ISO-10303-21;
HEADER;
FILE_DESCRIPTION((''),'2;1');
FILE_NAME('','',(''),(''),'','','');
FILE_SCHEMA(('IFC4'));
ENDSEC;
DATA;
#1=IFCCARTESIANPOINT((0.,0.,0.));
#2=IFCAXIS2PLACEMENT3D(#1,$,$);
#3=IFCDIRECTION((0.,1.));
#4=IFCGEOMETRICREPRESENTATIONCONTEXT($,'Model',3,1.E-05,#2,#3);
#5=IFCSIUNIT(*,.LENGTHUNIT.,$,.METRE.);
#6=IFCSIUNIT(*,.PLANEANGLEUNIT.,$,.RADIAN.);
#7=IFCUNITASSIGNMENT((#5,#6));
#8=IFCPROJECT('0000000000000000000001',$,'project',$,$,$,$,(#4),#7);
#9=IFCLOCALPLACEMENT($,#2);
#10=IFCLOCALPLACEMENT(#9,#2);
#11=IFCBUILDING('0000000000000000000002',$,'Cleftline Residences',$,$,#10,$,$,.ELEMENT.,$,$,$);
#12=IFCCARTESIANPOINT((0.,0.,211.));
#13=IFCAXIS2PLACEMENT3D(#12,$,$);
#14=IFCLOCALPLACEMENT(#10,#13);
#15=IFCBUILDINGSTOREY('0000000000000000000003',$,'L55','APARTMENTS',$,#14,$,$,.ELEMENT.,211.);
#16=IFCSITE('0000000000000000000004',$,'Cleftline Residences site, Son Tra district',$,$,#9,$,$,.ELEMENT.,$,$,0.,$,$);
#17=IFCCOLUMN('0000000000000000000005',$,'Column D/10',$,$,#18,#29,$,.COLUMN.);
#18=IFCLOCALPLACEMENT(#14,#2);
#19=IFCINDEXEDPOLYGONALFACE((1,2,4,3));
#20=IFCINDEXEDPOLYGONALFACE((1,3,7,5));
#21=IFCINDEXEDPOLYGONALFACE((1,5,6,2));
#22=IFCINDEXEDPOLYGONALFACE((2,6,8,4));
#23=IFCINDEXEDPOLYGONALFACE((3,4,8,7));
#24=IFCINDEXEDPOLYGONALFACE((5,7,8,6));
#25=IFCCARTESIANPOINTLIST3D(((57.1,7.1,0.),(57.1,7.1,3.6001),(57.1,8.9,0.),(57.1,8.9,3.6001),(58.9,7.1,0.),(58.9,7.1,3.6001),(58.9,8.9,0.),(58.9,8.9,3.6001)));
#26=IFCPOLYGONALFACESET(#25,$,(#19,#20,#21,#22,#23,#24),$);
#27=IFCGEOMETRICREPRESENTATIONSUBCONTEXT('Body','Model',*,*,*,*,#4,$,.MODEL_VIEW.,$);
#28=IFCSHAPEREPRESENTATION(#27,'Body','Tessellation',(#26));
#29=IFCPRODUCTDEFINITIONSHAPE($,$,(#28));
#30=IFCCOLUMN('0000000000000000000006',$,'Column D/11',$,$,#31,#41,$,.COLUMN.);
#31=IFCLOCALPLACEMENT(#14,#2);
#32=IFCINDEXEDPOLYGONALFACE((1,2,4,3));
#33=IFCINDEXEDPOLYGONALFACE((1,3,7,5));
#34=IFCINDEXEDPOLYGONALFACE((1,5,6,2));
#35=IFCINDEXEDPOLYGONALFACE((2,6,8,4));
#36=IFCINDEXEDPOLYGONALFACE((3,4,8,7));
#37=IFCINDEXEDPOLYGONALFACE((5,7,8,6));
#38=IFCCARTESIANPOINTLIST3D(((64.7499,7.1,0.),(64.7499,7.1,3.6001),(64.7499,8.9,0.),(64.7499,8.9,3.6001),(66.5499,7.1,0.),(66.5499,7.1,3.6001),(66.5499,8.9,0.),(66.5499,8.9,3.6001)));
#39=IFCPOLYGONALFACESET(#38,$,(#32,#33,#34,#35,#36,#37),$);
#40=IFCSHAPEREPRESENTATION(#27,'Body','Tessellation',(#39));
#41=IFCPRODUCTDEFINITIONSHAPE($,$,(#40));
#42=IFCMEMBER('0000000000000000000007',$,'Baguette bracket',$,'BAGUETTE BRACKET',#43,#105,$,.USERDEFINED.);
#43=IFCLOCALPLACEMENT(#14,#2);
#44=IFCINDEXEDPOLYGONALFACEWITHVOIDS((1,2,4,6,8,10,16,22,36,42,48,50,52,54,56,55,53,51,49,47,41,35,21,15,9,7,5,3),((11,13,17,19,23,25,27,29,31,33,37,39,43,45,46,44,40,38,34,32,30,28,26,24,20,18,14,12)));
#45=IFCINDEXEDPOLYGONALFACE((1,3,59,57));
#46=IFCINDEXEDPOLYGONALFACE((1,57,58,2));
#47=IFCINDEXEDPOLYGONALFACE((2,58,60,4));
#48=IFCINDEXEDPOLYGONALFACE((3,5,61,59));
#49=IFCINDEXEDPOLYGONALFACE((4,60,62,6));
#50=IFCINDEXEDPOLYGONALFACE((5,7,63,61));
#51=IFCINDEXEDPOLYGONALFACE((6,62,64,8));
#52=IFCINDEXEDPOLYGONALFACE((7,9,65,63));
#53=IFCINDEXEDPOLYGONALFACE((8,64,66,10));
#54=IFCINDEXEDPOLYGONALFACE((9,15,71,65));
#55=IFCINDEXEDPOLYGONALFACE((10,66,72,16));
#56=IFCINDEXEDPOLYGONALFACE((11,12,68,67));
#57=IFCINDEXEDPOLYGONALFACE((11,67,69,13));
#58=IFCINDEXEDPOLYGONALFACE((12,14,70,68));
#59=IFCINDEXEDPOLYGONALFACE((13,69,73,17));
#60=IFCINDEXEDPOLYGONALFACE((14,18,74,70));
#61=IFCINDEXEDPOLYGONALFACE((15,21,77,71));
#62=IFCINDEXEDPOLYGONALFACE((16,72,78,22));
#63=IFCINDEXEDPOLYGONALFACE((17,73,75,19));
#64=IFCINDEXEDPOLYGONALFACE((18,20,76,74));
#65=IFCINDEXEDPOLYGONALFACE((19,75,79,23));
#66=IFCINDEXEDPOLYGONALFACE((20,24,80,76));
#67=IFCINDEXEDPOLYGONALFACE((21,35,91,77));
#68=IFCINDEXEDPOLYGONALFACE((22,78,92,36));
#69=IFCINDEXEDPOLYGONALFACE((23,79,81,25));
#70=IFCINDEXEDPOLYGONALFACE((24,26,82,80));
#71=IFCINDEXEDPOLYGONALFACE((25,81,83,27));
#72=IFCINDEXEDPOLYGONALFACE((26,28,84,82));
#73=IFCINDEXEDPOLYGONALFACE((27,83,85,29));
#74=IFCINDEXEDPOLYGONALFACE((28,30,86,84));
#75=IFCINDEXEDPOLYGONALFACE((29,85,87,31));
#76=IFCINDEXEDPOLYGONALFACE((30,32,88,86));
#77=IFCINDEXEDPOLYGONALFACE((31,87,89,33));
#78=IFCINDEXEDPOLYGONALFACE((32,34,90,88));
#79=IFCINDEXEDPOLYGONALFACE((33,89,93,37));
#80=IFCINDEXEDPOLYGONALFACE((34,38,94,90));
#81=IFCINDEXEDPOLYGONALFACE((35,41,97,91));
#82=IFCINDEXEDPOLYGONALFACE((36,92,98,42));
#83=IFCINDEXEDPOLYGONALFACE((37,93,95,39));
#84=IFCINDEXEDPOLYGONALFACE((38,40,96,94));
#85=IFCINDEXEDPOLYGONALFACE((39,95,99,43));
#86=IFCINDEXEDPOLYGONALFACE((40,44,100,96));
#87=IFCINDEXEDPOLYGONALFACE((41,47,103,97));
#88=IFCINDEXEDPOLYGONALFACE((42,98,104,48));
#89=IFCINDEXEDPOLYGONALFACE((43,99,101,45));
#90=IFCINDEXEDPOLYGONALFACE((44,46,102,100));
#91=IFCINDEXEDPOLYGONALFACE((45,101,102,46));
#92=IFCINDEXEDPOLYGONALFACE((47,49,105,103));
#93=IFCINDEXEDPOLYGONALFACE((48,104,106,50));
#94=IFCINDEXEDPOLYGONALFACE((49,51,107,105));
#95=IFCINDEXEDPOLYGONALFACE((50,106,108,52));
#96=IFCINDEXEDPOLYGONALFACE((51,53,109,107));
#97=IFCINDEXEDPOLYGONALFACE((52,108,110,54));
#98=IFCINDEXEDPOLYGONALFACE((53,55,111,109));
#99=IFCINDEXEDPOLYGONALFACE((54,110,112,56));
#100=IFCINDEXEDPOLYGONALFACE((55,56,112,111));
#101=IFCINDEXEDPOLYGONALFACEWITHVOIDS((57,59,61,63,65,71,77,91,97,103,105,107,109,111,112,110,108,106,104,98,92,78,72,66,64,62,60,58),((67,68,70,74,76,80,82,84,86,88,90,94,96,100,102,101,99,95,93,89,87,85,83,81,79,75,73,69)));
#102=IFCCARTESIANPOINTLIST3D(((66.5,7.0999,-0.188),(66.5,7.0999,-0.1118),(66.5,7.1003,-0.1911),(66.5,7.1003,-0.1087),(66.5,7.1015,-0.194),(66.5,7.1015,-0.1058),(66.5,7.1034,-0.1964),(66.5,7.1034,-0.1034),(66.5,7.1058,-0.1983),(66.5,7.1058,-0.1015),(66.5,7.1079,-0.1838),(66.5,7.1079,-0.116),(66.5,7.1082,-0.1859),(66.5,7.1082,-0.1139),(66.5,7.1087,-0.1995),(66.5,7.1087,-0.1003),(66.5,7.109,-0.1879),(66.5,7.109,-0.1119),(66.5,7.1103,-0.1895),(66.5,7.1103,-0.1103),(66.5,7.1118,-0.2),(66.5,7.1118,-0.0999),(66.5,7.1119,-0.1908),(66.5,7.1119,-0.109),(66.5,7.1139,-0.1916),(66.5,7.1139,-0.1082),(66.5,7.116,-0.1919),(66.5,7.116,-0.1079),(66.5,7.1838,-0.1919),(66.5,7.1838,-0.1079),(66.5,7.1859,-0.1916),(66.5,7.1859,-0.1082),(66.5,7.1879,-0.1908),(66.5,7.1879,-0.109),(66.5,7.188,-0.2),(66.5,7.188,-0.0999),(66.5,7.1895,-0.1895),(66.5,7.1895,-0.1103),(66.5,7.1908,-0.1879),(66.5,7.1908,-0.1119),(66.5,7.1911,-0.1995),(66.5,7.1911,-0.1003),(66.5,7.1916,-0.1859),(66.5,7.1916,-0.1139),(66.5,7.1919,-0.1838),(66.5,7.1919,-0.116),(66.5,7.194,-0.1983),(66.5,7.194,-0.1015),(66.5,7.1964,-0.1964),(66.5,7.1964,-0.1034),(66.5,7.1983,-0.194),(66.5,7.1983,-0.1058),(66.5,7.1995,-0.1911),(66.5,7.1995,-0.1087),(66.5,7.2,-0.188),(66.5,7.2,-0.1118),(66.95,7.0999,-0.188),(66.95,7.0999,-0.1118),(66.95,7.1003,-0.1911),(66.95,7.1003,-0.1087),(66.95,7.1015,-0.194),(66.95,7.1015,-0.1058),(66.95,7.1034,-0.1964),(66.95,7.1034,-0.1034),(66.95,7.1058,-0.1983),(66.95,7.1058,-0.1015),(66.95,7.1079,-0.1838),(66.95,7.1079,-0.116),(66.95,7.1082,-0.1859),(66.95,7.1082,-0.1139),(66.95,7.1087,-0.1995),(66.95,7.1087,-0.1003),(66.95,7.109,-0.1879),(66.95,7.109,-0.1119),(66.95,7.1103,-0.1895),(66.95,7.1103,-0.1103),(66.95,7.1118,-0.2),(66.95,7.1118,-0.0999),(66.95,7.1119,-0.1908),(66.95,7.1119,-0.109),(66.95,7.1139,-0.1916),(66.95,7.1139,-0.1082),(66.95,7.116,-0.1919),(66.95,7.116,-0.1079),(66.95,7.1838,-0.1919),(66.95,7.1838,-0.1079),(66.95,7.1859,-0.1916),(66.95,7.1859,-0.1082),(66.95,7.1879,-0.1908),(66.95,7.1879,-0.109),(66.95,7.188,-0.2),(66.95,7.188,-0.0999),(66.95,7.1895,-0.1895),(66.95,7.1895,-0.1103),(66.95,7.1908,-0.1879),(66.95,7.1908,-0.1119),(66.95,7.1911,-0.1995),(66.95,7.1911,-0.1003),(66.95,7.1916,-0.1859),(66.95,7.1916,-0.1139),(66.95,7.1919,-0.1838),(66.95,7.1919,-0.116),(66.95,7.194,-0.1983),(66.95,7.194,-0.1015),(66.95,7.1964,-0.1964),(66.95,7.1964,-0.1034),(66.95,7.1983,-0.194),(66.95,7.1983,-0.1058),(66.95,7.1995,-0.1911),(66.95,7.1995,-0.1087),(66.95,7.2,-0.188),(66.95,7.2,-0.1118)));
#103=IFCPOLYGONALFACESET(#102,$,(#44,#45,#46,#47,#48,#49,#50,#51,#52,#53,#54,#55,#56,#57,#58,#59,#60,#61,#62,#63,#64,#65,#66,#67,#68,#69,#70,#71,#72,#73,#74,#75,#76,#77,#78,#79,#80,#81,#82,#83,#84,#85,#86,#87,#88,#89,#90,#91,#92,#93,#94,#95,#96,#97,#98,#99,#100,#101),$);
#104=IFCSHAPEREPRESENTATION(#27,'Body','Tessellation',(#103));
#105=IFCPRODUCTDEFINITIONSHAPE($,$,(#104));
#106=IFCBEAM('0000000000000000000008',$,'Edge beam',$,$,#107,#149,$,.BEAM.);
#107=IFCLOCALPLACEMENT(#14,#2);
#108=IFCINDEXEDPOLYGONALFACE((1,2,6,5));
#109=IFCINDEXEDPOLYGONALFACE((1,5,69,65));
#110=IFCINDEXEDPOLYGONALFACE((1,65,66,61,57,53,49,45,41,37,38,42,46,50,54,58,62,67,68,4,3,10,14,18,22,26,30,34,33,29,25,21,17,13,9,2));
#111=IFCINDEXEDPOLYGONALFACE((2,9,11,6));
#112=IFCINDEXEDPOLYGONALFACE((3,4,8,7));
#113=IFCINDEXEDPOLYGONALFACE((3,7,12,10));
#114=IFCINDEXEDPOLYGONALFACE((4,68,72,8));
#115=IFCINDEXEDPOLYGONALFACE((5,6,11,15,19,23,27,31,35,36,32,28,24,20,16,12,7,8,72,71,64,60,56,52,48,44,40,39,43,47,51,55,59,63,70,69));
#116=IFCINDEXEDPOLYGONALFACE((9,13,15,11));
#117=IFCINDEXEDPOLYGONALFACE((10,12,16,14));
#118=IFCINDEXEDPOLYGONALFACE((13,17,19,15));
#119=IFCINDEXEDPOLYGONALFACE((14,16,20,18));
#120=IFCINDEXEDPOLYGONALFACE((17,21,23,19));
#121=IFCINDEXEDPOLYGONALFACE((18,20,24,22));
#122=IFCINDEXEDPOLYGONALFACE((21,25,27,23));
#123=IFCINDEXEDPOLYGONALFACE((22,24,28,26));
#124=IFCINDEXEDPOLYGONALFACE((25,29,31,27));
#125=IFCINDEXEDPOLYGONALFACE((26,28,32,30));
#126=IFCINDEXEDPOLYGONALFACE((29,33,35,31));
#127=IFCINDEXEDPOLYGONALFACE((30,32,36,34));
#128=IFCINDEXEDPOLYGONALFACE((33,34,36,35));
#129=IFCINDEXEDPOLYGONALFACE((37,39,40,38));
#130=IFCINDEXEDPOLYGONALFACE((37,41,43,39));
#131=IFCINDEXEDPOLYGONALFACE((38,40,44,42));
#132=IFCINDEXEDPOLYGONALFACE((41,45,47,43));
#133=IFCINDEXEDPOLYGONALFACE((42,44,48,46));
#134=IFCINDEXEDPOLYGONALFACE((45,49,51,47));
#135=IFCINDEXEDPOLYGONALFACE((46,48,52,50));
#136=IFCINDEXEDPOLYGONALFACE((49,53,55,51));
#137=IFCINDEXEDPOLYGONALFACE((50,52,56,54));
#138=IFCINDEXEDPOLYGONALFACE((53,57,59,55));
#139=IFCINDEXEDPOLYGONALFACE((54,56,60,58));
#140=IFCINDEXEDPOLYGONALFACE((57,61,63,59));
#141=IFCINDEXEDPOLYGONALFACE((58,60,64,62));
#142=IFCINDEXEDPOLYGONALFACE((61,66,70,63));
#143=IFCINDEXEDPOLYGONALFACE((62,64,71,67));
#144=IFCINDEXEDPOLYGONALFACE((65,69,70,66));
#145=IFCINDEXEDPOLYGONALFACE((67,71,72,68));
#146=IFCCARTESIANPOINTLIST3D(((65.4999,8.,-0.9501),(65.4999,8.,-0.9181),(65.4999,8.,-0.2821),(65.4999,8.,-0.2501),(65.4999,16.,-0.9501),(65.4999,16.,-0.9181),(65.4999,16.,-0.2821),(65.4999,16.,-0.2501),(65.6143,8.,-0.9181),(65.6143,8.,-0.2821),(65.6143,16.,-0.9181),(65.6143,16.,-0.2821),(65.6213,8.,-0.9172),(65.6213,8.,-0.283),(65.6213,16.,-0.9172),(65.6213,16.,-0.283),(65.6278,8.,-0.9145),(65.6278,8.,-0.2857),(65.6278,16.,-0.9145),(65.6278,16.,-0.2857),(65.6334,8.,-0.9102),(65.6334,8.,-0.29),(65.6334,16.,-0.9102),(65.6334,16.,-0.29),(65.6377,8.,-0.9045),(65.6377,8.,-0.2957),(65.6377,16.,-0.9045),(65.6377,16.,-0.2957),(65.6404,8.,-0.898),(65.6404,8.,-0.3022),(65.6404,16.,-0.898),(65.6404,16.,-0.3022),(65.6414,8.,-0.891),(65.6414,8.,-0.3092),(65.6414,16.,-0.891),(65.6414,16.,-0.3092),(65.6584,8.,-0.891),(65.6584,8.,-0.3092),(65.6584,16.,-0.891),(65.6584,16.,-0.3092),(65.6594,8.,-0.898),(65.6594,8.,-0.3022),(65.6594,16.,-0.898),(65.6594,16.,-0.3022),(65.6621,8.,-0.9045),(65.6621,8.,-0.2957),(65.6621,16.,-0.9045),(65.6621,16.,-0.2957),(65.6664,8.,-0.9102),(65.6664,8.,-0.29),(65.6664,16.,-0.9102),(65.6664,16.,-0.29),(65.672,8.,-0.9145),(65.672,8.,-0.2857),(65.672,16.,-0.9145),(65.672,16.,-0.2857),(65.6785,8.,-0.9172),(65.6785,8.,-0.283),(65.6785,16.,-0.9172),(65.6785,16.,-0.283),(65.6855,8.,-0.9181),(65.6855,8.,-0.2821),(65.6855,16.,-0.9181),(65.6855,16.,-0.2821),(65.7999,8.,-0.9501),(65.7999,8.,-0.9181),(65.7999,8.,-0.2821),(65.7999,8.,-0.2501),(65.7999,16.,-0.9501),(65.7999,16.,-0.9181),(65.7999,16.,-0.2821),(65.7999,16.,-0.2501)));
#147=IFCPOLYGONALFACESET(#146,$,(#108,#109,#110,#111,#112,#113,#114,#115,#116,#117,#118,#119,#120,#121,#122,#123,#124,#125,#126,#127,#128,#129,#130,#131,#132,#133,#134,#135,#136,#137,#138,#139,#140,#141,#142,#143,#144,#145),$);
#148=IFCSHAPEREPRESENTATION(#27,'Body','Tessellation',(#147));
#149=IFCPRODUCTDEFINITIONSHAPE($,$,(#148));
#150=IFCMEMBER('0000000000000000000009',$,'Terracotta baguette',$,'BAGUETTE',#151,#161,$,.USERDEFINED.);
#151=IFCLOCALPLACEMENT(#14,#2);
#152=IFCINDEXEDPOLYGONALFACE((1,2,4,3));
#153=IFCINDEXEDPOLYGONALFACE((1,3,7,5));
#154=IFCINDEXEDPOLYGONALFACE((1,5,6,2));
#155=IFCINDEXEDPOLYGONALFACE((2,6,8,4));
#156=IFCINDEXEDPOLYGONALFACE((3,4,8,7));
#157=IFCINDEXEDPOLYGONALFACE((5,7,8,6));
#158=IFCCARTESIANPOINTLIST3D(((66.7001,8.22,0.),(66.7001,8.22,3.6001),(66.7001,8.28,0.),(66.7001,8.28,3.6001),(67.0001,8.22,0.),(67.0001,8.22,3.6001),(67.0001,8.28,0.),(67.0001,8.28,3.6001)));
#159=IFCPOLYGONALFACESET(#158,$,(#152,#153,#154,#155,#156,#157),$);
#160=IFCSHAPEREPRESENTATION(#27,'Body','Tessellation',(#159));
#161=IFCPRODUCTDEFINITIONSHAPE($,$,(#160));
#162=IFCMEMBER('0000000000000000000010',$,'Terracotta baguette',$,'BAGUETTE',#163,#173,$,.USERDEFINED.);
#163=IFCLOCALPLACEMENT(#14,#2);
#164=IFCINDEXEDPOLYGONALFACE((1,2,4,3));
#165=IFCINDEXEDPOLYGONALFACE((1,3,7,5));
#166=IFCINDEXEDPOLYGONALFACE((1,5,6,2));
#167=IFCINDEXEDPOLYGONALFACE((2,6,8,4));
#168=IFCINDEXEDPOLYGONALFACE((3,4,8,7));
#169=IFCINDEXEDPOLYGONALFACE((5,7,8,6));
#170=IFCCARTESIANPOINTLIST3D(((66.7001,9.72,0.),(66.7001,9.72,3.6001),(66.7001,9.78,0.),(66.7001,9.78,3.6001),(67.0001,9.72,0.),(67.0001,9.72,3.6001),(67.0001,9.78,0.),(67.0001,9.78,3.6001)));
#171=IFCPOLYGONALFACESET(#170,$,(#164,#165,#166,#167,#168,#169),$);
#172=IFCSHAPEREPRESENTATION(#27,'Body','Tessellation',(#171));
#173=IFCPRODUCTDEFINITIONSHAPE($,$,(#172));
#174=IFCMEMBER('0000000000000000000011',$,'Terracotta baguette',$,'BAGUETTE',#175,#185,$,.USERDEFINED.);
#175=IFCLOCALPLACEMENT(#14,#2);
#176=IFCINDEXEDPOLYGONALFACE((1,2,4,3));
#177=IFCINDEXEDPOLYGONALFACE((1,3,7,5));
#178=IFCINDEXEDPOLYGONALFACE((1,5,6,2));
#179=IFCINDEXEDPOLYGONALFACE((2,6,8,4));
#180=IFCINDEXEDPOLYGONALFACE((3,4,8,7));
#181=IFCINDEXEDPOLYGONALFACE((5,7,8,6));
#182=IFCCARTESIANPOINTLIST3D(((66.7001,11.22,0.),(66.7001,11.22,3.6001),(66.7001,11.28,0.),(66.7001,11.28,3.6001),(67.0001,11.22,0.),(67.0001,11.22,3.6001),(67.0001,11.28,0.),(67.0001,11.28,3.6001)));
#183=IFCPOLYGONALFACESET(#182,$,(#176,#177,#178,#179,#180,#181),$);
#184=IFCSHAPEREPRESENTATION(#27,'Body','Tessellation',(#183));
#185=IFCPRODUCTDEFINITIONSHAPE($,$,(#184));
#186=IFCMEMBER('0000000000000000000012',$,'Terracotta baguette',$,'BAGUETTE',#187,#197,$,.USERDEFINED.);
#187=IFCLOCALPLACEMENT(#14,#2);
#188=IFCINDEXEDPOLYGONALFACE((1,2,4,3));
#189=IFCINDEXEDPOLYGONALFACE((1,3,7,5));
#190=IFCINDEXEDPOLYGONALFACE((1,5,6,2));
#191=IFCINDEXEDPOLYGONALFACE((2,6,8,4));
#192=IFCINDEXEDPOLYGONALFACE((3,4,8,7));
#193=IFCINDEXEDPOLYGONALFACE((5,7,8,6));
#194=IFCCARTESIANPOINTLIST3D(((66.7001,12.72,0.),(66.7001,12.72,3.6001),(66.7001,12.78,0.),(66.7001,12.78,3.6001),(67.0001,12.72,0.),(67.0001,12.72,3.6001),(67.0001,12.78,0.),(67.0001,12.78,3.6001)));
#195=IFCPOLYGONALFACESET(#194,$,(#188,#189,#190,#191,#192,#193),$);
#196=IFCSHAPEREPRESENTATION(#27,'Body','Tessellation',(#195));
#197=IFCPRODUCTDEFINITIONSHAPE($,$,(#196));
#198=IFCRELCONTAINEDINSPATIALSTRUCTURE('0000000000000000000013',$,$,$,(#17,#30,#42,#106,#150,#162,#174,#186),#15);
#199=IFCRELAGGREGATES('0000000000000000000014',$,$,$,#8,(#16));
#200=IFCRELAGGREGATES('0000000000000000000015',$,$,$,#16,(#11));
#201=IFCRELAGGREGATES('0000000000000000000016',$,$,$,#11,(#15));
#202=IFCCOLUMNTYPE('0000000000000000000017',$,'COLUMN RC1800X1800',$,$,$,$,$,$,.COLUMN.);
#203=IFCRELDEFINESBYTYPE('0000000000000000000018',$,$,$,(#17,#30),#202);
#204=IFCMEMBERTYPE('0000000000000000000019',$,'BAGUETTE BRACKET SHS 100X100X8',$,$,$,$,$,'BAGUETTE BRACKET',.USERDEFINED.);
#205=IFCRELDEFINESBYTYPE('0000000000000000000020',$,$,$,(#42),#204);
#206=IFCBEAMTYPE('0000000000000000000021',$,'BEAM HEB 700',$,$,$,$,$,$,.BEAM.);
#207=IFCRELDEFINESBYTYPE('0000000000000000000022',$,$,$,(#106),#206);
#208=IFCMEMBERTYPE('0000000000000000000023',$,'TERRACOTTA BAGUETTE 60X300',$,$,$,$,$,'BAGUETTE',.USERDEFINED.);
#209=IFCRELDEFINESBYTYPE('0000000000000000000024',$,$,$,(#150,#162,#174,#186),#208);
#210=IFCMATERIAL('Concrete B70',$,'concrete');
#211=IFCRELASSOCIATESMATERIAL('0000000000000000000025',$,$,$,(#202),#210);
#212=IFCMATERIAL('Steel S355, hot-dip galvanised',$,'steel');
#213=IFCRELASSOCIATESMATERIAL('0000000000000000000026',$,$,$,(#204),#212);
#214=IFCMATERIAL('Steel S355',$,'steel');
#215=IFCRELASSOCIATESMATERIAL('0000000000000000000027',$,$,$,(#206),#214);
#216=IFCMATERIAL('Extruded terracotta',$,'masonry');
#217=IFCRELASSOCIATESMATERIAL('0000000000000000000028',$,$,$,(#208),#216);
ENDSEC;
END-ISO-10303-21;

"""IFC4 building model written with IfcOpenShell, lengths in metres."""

from ifc_helpers import new_model, si_unit, direction, frame, origin, origin_2d, place, context, subcontext, project, spatial, rectangle, hollow_rectangle, i_section, extrude, material, material_profile, profile_set, type_object, element, save


model = new_model("IFC4")

# Units and contexts
model_context = context("Model", 3, precision=1e-05, world=origin(), true_north=direction((0.0, 1.0)))
body_context = subcontext(model_context, "Body", "Model", "MODEL_VIEW")
ifc_project = project(units=[si_unit("LENGTHUNIT", "METRE"), si_unit("PLANEANGLEUNIT", "RADIAN")], contexts=[model_context])

# Site, building, storey
site_placement = place(None, origin())
site = spatial("IfcSite", under=ifc_project, at=site_placement, Name="Cleftline Residences site, Son Tra district", CompositionType="ELEMENT", RefElevation=0.0)
building_placement = place(site_placement, origin())
building = spatial("IfcBuilding", under=site, at=building_placement, Name="Cleftline Residences", CompositionType="ELEMENT")
storey_placement = place(building_placement, frame((0.0, 0.0, 211.0)))
storey = spatial("IfcBuildingStorey", under=building, at=storey_placement, Name="L55", Description="APARTMENTS", CompositionType="ELEMENT", Elevation=211.0)

# Columns
ifc_material_1 = material(Name="Concrete B70", Category="concrete")
ifc_material_profile_1 = material_profile(ifc_material_1, rectangle(XDim=1.8, YDim=1.8, at=origin_2d()))
ifc_profile_set_1 = profile_set([ifc_material_profile_1], Name="Concrete B70")
column_type = type_object("IfcColumnType", Name="COLUMN RC1800X1800", PredefinedType="COLUMN", material=ifc_profile_set_1)
for number, where, z_axis, x_axis, name in (
    (1, (58.0, 8.0, 0.0), (0.0, 0.0, 1.0), (1.0, 0.0, 0.0), "Column D/10"),
    (2, (65.6499, 8.0, 0.0), (0.0, 0.0, 1.0), (1.0, 0.0, 0.0), "Column D/11"),
):
    element("IfcColumn", number, at=place(storey_placement, frame(where, z_axis=z_axis, x_axis=x_axis)), inside=storey, type_object=column_type, Name=name, PredefinedType="COLUMN", context=body_context, shape_type="SweptSolid", body=[
        extrude(rectangle(XDim=1.8, YDim=1.8, at=origin_2d()), origin(), (0.0, 0.0, 1.0), 3.6001),
    ])

# Member
ifc_material_2 = material(Name="Steel S355, hot-dip galvanised", Category="steel")
ifc_material_profile_2 = material_profile(ifc_material_2, hollow_rectangle(XDim=0.1001, YDim=0.1001, WallThickness=0.0081, InnerFilletRadius=0.0081, OuterFilletRadius=0.012, at=origin_2d()))
ifc_profile_set_2 = profile_set([ifc_material_profile_2], Name="Steel S355, hot-dip galvanised")
member_type_1 = type_object("IfcMemberType", Name="BAGUETTE BRACKET SHS 100X100X8", ElementType="BAGUETTE BRACKET", PredefinedType="USERDEFINED", material=ifc_profile_set_2)
member_placement = place(storey_placement, frame((66.5, 7.1499, -0.1499), z_axis=(1.0, 0.0, 0.0), x_axis=(0.0, 1.0, 0.0)))
element("IfcMember", 3, at=member_placement, inside=storey, type_object=member_type_1, Name="Baguette bracket", ObjectType="BAGUETTE BRACKET", PredefinedType="USERDEFINED", context=body_context, shape_type="SweptSolid", body=[
    extrude(hollow_rectangle(XDim=0.1001, YDim=0.1001, WallThickness=0.0081, InnerFilletRadius=0.0081, OuterFilletRadius=0.012, at=origin_2d()), origin(), (0.0, 0.0, 1.0), 0.45),
])

# Beam
ifc_material_3 = material(Name="Steel S355", Category="steel")
ifc_material_profile_3 = material_profile(ifc_material_3, i_section(OverallWidth=0.3, OverallDepth=0.7, WebThickness=0.0171, FlangeThickness=0.032, FilletRadius=0.0271, at=origin_2d()))
ifc_profile_set_3 = profile_set([ifc_material_profile_3], Name="Steel S355")
beam_type = type_object("IfcBeamType", Name="BEAM HEB 700", PredefinedType="BEAM", material=ifc_profile_set_3)
beam_placement = place(storey_placement, frame((65.6499, 8.0, -0.6001), z_axis=(0.0, 1.0, 0.0), x_axis=(-1.0, 0.0, 0.0)))
element("IfcBeam", 4, at=beam_placement, inside=storey, type_object=beam_type, Name="Edge beam", PredefinedType="BEAM", context=body_context, shape_type="SweptSolid", body=[
    extrude(i_section(OverallWidth=0.3, OverallDepth=0.7, WebThickness=0.0171, FlangeThickness=0.032, FilletRadius=0.0271, at=origin_2d()), origin(), (0.0, 0.0, 1.0), 8.0),
])

# Members
ifc_material_4 = material(Name="Extruded terracotta", Category="masonry")
ifc_material_profile_4 = material_profile(ifc_material_4, rectangle(XDim=0.0601, YDim=0.3, at=origin_2d()))
ifc_profile_set_4 = profile_set([ifc_material_profile_4], Name="Extruded terracotta")
member_type_2 = type_object("IfcMemberType", Name="TERRACOTTA BAGUETTE 60X300", ElementType="BAGUETTE", PredefinedType="USERDEFINED", material=ifc_profile_set_4)
for number, where, z_axis, x_axis, name in (
    (5, (66.8501, 8.25, 0.0), (0.0, 0.0, 1.0), (0.0, 1.0, 0.0), "Terracotta baguette"),
    (6, (66.8501, 9.75, 0.0), (0.0, 0.0, 1.0), (0.0, 1.0, 0.0), "Terracotta baguette"),
    (7, (66.8501, 11.25, 0.0), (0.0, 0.0, 1.0), (0.0, 1.0, 0.0), "Terracotta baguette"),
    (8, (66.8501, 12.75, 0.0), (0.0, 0.0, 1.0), (0.0, 1.0, 0.0), "Terracotta baguette"),
):
    element("IfcMember", number, at=place(storey_placement, frame(where, z_axis=z_axis, x_axis=x_axis)), inside=storey, type_object=member_type_2, Name=name, ObjectType="BAGUETTE", PredefinedType="USERDEFINED", context=body_context, shape_type="SweptSolid", body=[
        extrude(rectangle(XDim=0.0601, YDim=0.3, at=origin_2d()), origin(), (0.0, 0.0, 1.0), 3.6001),
    ])

save(model, "model.ifc")
